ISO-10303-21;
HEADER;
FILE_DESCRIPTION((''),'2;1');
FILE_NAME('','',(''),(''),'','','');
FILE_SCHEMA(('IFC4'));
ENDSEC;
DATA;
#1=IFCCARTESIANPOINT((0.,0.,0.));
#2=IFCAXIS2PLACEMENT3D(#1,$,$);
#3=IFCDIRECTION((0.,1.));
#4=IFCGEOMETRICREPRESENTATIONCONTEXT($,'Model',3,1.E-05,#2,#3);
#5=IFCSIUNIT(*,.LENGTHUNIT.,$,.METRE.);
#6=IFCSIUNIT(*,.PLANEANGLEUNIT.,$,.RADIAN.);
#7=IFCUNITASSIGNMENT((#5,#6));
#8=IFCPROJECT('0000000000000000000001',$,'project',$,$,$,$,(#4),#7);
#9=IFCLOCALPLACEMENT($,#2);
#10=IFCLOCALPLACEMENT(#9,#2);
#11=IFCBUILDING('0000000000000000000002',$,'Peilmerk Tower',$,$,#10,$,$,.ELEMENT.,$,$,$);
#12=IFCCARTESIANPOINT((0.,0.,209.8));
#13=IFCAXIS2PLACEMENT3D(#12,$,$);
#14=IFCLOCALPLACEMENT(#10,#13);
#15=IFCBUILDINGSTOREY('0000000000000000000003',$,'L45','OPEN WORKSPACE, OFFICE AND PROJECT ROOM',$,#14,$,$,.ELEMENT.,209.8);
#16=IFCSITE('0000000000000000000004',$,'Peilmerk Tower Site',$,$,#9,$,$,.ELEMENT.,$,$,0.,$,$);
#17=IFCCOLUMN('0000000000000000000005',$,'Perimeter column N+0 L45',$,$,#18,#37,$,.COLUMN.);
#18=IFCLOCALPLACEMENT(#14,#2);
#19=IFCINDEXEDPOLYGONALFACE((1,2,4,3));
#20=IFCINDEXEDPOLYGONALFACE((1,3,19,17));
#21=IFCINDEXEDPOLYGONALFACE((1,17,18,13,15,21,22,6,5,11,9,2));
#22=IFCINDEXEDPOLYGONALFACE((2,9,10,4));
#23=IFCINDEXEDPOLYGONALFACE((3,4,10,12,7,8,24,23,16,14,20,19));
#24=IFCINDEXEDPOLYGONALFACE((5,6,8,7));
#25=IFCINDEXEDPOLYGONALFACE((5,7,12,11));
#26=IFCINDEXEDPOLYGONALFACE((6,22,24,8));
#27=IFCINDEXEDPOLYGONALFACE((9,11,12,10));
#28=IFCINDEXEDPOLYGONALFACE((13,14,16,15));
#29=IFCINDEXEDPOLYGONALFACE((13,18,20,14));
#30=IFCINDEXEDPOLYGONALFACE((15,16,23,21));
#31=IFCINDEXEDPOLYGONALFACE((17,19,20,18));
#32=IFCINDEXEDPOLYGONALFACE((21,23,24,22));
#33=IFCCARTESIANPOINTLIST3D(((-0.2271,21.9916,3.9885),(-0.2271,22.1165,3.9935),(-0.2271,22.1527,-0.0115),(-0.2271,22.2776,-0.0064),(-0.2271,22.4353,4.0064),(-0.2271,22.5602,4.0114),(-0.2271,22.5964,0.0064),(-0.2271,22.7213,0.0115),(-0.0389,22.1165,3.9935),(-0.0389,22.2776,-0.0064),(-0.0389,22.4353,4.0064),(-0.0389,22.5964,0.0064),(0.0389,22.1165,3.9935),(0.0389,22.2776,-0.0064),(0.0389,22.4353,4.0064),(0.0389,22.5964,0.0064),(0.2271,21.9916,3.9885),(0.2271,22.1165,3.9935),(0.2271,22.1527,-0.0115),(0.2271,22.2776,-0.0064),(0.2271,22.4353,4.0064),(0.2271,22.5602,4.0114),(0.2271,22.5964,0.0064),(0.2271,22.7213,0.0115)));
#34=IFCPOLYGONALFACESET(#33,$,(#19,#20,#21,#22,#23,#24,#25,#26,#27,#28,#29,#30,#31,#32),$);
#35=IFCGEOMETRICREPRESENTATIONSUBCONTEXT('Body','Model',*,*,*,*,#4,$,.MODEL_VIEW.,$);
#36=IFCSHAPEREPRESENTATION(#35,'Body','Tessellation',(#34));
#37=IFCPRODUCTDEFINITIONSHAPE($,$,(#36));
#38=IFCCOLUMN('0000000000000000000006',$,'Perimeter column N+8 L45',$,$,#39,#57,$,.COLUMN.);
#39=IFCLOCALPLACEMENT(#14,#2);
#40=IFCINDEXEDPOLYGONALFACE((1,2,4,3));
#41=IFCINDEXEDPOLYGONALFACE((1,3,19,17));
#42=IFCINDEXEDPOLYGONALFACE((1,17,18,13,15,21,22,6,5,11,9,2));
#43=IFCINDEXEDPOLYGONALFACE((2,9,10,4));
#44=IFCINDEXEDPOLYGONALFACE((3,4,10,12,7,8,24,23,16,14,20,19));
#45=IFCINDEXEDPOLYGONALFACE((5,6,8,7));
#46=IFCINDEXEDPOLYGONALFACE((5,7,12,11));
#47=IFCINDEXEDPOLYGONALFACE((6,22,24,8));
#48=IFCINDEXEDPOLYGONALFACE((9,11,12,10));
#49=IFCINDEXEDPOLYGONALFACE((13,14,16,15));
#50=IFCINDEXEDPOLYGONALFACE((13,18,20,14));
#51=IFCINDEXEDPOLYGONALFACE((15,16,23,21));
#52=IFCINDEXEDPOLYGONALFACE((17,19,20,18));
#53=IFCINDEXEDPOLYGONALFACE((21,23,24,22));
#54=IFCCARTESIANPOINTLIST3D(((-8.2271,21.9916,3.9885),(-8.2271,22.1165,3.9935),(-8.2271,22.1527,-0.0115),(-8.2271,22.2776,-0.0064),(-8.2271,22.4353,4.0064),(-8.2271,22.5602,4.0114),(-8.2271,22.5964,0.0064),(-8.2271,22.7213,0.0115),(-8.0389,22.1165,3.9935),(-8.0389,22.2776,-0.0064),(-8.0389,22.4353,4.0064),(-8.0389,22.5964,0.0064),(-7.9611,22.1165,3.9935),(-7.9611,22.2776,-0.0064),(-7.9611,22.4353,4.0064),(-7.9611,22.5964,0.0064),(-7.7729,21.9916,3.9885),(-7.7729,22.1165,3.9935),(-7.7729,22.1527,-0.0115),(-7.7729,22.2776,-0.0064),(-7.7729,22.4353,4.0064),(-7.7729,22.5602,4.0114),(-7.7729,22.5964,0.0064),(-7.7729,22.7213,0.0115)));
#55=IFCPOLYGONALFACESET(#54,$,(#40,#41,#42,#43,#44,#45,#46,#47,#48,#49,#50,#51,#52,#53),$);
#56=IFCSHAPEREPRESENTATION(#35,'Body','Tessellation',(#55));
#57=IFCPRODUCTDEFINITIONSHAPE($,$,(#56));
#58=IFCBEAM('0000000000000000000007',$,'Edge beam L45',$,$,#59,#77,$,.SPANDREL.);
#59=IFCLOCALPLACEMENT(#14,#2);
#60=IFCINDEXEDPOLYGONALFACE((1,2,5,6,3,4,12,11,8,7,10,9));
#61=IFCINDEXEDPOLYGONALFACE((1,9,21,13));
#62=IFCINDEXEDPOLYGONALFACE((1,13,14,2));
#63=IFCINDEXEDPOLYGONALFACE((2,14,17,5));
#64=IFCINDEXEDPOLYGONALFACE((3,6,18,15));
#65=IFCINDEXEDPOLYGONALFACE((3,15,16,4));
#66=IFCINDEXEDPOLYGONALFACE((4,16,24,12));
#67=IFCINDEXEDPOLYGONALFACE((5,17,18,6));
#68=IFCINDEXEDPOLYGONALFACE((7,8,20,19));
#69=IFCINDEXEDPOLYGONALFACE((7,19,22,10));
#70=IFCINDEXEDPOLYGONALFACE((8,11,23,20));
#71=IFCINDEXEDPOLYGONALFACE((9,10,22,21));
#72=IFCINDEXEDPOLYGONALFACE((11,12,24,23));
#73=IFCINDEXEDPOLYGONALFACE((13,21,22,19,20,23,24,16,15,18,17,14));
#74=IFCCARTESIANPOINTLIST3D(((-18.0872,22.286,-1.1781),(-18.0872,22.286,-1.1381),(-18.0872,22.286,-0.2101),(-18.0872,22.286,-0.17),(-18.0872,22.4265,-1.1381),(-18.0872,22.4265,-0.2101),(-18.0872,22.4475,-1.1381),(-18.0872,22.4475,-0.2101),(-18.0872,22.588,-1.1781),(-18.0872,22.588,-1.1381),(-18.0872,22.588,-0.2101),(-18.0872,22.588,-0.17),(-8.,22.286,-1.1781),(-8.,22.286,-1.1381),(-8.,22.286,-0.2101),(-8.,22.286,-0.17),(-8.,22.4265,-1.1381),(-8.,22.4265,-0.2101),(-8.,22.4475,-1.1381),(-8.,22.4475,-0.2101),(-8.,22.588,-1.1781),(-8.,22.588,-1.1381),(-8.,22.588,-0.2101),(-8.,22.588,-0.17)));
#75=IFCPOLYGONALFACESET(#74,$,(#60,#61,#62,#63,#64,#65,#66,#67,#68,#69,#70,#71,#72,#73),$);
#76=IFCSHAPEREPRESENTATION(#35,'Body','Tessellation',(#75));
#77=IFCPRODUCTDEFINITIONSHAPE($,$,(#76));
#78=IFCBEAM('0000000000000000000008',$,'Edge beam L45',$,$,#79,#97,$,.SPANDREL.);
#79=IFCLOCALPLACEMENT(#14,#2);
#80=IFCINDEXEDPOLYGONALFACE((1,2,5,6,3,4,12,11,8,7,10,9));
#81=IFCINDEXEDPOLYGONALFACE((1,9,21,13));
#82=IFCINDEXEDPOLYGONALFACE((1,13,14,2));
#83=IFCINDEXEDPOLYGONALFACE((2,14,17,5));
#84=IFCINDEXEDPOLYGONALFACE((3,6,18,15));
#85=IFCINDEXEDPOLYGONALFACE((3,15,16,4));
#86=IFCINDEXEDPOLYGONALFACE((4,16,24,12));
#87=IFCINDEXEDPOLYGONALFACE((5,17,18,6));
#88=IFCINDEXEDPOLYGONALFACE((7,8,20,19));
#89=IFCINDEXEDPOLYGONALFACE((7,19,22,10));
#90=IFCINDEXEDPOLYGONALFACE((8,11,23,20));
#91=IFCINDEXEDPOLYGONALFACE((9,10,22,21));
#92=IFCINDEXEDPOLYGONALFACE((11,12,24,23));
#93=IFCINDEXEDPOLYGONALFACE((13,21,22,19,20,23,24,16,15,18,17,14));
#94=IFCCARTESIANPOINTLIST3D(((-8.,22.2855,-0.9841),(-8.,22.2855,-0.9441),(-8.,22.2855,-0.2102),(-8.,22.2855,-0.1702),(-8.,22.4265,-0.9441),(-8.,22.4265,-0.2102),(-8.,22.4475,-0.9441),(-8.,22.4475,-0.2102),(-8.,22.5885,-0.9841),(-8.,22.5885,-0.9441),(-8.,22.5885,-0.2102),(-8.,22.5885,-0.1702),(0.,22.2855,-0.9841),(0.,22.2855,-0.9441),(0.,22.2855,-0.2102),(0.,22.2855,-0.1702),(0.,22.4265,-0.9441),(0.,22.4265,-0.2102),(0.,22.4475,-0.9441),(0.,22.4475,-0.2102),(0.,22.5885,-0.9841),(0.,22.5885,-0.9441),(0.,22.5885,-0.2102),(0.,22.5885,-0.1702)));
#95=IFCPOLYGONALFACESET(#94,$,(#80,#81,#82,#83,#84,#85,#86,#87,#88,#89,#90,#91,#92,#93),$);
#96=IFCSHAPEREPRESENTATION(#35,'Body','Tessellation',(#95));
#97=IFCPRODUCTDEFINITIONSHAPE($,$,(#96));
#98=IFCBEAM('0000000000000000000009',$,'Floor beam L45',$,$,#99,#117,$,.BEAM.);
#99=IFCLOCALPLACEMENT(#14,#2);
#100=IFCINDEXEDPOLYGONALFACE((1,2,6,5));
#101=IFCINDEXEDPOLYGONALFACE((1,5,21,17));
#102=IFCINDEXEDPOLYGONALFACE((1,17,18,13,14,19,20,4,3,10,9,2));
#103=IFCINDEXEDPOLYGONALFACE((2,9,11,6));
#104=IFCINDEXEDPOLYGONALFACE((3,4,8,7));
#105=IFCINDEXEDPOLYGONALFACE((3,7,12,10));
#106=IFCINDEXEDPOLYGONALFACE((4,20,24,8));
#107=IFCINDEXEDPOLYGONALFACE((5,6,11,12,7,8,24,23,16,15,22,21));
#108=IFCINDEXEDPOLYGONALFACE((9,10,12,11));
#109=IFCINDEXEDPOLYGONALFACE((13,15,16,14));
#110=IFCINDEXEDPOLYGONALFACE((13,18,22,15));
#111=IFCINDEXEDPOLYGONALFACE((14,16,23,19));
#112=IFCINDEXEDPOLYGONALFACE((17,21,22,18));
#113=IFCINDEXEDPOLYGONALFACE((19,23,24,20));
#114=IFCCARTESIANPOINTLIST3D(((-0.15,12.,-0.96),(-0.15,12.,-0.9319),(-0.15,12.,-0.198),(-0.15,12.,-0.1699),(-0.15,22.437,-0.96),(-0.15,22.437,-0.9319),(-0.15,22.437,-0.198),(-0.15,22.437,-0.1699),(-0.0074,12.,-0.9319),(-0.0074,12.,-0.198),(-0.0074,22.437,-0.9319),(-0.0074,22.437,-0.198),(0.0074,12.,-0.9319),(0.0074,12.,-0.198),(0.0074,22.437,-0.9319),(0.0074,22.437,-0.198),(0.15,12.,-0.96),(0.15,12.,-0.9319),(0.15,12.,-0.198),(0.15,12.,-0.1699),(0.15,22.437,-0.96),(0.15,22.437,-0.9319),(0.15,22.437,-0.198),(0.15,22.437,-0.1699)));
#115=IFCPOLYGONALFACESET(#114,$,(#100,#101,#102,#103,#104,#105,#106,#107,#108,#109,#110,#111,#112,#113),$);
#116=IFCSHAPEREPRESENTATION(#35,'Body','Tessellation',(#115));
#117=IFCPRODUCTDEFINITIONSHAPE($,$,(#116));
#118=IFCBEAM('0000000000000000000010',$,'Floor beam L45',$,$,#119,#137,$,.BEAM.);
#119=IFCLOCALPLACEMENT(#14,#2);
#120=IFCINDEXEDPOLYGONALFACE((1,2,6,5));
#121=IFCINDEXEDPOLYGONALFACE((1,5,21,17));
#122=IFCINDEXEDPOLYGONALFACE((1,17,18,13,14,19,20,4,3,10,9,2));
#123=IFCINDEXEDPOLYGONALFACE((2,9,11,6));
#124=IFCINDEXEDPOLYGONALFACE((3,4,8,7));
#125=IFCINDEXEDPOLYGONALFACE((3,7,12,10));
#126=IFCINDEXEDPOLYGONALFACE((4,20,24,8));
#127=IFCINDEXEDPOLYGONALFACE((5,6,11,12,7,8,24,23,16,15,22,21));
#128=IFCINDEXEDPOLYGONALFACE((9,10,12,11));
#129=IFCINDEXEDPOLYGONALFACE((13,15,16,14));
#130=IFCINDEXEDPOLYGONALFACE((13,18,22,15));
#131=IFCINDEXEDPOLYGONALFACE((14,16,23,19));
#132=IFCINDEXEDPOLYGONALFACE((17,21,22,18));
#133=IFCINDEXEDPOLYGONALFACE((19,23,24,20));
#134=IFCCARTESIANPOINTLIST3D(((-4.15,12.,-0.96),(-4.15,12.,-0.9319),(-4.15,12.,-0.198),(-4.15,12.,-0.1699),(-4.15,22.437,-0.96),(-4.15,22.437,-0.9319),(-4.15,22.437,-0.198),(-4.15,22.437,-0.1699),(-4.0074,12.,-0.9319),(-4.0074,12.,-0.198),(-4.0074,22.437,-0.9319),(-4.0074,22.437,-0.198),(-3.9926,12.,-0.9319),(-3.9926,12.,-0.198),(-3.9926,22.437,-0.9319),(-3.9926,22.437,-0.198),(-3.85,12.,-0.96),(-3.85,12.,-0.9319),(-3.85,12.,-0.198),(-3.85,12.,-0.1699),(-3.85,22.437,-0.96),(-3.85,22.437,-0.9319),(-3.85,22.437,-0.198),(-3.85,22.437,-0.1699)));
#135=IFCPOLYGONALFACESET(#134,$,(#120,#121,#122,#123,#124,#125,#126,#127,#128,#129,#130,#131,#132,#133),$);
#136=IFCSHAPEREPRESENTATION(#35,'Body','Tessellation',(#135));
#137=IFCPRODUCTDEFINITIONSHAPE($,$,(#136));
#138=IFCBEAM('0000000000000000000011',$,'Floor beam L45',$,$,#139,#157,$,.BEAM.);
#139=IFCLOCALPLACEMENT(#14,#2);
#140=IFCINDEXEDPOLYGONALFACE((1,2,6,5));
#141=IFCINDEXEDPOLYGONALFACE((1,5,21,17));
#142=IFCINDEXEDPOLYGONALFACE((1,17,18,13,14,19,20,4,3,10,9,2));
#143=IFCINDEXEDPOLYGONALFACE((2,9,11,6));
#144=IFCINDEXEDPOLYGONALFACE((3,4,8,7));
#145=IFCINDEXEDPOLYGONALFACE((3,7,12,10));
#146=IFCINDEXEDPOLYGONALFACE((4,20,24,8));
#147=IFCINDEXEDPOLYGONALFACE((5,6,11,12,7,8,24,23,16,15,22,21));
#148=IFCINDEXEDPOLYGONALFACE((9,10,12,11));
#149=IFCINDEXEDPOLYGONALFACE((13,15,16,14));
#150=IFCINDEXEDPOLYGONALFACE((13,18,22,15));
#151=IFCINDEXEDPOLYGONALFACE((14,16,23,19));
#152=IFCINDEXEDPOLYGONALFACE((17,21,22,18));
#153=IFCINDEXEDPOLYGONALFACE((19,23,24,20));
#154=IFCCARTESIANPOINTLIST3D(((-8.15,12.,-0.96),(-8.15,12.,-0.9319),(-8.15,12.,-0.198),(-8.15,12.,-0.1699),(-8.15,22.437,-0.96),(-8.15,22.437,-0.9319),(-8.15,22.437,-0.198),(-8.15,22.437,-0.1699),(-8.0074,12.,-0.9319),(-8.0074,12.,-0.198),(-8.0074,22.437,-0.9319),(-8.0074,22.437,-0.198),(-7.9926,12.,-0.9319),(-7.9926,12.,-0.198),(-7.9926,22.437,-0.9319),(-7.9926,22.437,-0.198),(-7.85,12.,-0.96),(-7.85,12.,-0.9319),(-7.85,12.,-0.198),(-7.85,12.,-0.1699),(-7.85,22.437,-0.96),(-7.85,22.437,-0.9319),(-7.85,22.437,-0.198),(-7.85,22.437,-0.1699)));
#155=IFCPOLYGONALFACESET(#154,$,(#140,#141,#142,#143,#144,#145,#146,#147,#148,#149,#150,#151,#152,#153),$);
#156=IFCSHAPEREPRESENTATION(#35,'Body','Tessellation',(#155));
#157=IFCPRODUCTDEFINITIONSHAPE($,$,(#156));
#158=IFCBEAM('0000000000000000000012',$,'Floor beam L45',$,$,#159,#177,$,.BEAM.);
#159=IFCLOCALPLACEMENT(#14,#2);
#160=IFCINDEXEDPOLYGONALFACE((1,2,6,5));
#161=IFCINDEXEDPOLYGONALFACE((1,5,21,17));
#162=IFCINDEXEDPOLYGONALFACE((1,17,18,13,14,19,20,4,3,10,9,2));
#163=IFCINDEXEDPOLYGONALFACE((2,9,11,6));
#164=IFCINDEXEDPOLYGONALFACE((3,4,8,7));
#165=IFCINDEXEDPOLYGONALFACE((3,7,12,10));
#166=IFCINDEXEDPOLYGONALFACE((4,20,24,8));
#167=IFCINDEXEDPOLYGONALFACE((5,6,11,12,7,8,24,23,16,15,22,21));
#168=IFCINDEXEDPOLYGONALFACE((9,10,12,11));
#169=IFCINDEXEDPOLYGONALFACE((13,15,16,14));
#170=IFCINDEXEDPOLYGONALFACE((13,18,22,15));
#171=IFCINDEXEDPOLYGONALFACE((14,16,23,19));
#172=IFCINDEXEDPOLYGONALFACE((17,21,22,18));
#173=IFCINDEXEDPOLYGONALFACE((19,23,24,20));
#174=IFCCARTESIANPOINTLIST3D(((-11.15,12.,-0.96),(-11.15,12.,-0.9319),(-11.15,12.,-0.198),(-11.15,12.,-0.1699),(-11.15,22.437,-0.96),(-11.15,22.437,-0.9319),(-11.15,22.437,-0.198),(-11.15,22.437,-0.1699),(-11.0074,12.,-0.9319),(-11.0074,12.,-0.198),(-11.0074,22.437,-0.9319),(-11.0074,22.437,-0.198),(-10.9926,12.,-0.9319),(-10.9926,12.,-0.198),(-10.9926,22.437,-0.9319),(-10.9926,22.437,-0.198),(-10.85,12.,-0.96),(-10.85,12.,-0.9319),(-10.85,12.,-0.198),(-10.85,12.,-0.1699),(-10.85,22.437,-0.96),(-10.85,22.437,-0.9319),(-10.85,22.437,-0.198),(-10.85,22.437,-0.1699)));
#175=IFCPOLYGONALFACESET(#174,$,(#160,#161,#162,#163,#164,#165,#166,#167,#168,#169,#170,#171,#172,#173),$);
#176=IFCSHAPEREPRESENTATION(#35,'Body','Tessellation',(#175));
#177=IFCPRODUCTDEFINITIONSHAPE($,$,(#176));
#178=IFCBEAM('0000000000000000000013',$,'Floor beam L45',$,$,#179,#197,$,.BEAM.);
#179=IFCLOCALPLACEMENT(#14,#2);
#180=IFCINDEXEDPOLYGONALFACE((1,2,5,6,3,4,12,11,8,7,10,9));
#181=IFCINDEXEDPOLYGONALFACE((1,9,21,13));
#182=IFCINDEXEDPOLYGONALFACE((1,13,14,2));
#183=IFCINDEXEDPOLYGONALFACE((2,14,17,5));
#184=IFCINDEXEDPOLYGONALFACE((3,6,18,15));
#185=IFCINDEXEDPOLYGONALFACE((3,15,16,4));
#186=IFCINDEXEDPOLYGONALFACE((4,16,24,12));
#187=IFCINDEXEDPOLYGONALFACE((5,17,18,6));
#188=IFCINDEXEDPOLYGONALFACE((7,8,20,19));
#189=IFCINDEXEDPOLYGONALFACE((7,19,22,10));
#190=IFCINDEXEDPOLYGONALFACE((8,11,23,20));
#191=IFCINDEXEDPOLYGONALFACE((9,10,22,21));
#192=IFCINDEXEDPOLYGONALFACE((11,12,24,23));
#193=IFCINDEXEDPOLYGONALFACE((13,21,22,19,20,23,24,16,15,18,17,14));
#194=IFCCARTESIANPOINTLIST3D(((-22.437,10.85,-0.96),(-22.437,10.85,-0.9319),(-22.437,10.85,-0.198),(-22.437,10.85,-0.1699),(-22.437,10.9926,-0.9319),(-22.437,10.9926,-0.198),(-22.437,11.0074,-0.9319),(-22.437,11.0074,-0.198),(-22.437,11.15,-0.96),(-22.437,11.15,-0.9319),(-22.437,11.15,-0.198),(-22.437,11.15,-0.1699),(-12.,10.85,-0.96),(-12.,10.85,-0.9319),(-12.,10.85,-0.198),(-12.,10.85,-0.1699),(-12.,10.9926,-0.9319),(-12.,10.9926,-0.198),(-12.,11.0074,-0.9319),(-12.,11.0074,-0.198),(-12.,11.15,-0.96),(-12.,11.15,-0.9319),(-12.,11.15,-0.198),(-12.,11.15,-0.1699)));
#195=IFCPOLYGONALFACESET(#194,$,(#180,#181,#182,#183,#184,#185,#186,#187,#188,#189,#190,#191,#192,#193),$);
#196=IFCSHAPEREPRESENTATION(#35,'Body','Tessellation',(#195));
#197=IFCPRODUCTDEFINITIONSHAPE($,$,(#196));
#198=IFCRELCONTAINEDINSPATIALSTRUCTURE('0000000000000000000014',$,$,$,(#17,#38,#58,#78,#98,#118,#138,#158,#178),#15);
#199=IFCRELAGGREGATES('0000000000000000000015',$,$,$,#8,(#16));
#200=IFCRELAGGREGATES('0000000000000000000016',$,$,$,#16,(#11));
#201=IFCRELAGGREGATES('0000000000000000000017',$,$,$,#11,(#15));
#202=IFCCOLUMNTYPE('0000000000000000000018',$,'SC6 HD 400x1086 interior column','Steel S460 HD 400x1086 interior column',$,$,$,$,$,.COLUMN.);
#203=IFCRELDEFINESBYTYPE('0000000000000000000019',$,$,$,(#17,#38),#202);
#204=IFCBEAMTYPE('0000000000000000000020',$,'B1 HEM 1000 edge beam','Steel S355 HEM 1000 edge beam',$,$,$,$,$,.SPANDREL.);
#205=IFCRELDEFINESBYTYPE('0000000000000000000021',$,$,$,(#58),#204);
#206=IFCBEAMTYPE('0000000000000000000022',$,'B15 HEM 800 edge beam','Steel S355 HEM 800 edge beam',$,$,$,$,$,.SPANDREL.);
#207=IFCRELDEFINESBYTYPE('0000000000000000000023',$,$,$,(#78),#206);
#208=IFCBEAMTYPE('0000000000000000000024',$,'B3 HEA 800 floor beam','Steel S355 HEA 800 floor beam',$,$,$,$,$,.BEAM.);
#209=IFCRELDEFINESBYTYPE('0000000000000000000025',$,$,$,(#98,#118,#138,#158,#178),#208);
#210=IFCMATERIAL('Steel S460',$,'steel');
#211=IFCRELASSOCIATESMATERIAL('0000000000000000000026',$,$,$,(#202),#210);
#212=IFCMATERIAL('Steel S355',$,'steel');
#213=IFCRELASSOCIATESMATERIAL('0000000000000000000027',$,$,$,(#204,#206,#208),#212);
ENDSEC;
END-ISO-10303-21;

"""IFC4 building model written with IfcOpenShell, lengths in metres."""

from ifc_helpers import new_model, si_unit, direction, frame, origin, origin_2d, place, context, subcontext, project, spatial, i_section, extrude, material, material_profile, profile_set, type_object, element, save


model = new_model("IFC4")

# Units and contexts
model_context = context("Model", 3, precision=1e-05, world=origin(), true_north=direction((0.0, 1.0)))
body_context = subcontext(model_context, "Body", "Model", "MODEL_VIEW")
ifc_project = project(units=[si_unit("LENGTHUNIT", "METRE"), si_unit("PLANEANGLEUNIT", "RADIAN")], contexts=[model_context])

# Site, building, storey
site_placement = place(None, origin())
site = spatial("IfcSite", under=ifc_project, at=site_placement, Name="Peilmerk Tower Site", CompositionType="ELEMENT", RefElevation=0.0)
building_placement = place(site_placement, origin())
building = spatial("IfcBuilding", under=site, at=building_placement, Name="Peilmerk Tower", CompositionType="ELEMENT")
storey_placement = place(building_placement, frame((0.0, 0.0, 209.8)))
storey = spatial("IfcBuildingStorey", under=building, at=storey_placement, Name="L45", Description="OPEN WORKSPACE, OFFICE AND PROJECT ROOM", CompositionType="ELEMENT", Elevation=209.8)

# Columns
ifc_material_1 = material(Name="Steel S460", Category="steel")
ifc_material_profile_1 = material_profile(ifc_material_1, i_section(OverallWidth=0.4541, OverallDepth=0.5691, WebThickness=0.0779, FlangeThickness=0.125, at=origin_2d()), Name="HD 400x1086")
ifc_profile_set_1 = profile_set([ifc_material_profile_1], Name="Steel S460")
column_type = type_object("IfcColumnType", Name="SC6 HD 400x1086 interior column", Description="Steel S460 HD 400x1086 interior column", PredefinedType="COLUMN", material=ifc_profile_set_1)
for number, where, z_axis, x_axis, name in (
    (1, (0.0, 22.437, 0.0), (0.0, -0.040251, 0.99919), (1.0, 0.0, 0.0), "Perimeter column N+0 L45"),
    (2, (-8.0, 22.437, 0.0), (0.0, -0.040251, 0.99919), (1.0, 0.0, 0.0), "Perimeter column N+8 L45"),
):
    element("IfcColumn", number, at=place(storey_placement, frame(where, z_axis=z_axis, x_axis=x_axis)), inside=storey, type_object=column_type, Name=name, PredefinedType="COLUMN", context=body_context, shape_type="SweptSolid", body=[
        extrude(i_section(OverallWidth=0.4541, OverallDepth=0.5691, WebThickness=0.0779, FlangeThickness=0.125, at=origin_2d()), origin(), (0.0, 0.0, 1.0), 4.0032),
    ])

# Beams
ifc_material_2 = material(Name="Steel S355", Category="steel")
ifc_material_profile_2 = material_profile(ifc_material_2, i_section(OverallWidth=0.302, OverallDepth=1.0081, WebThickness=0.021, FlangeThickness=0.04, at=origin_2d()), Name="HEM 1000")
ifc_profile_set_2 = profile_set([ifc_material_profile_2], Name="Steel S355")
beam_type_1 = type_object("IfcBeamType", Name="B1 HEM 1000 edge beam", Description="Steel S355 HEM 1000 edge beam", PredefinedType="SPANDREL", material=ifc_profile_set_2)
beam_1_placement = place(storey_placement, frame((-8.0, 22.437, -0.6741), z_axis=(-1.0, 0.0, 0.0), x_axis=(0.0, -1.0, 0.0)))
element("IfcBeam", 3, at=beam_1_placement, inside=storey, type_object=beam_type_1, Name="Edge beam L45", PredefinedType="SPANDREL", context=body_context, shape_type="SweptSolid", body=[
    extrude(i_section(OverallWidth=0.302, OverallDepth=1.0081, WebThickness=0.021, FlangeThickness=0.04, at=origin_2d()), origin(), (0.0, 0.0, 1.0), 10.0872),
])
ifc_material_profile_3 = material_profile(ifc_material_2, i_section(OverallWidth=0.303, OverallDepth=0.814, WebThickness=0.021, FlangeThickness=0.04, at=origin_2d()), Name="HEM 800")
ifc_profile_set_3 = profile_set([ifc_material_profile_3], Name="Steel S355")
beam_type_2 = type_object("IfcBeamType", Name="B15 HEM 800 edge beam", Description="Steel S355 HEM 800 edge beam", PredefinedType="SPANDREL", material=ifc_profile_set_3)
beam_2_placement = place(storey_placement, frame((0.0, 22.437, -0.5771), z_axis=(-1.0, 0.0, 0.0), x_axis=(0.0, -1.0, 0.0)))
element("IfcBeam", 4, at=beam_2_placement, inside=storey, type_object=beam_type_2, Name="Edge beam L45", PredefinedType="SPANDREL", context=body_context, shape_type="SweptSolid", body=[
    extrude(i_section(OverallWidth=0.303, OverallDepth=0.814, WebThickness=0.021, FlangeThickness=0.04, at=origin_2d()), origin(), (0.0, 0.0, 1.0), 8.0),
])
ifc_material_profile_4 = material_profile(ifc_material_2, i_section(OverallWidth=0.3, OverallDepth=0.79, WebThickness=0.0149, FlangeThickness=0.0281, at=origin_2d()), Name="HEA 800")
ifc_profile_set_4 = profile_set([ifc_material_profile_4], Name="Steel S355")
beam_type_3 = type_object("IfcBeamType", Name="B3 HEA 800 floor beam", Description="Steel S355 HEA 800 floor beam", PredefinedType="BEAM", material=ifc_profile_set_4)
for number, where, z_axis, x_axis, name in (
    (5, (0.0, 12.0, -0.5649), (0.0, 1.0, 0.0), (-1.0, 0.0, 0.0), "Floor beam L45"),
    (6, (-4.0, 12.0, -0.5649), (0.0, 1.0, 0.0), (-1.0, 0.0, 0.0), "Floor beam L45"),
    (7, (-8.0, 12.0, -0.5649), (0.0, 1.0, 0.0), (-1.0, 0.0, 0.0), "Floor beam L45"),
    (8, (-11.0, 12.0, -0.5649), (0.0, 1.0, 0.0), (-1.0, 0.0, 0.0), "Floor beam L45"),
    (9, (-12.0, 11.0, -0.5649), (-1.0, 0.0, 0.0), (0.0, -1.0, 0.0), "Floor beam L45"),
):
    element("IfcBeam", number, at=place(storey_placement, frame(where, z_axis=z_axis, x_axis=x_axis)), inside=storey, type_object=beam_type_3, Name=name, PredefinedType="BEAM", context=body_context, shape_type="SweptSolid", body=[
        extrude(i_section(OverallWidth=0.3, OverallDepth=0.79, WebThickness=0.0149, FlangeThickness=0.0281, at=origin_2d()), origin(), (0.0, 0.0, 1.0), 10.437),
    ])

save(model, "model.ifc")
